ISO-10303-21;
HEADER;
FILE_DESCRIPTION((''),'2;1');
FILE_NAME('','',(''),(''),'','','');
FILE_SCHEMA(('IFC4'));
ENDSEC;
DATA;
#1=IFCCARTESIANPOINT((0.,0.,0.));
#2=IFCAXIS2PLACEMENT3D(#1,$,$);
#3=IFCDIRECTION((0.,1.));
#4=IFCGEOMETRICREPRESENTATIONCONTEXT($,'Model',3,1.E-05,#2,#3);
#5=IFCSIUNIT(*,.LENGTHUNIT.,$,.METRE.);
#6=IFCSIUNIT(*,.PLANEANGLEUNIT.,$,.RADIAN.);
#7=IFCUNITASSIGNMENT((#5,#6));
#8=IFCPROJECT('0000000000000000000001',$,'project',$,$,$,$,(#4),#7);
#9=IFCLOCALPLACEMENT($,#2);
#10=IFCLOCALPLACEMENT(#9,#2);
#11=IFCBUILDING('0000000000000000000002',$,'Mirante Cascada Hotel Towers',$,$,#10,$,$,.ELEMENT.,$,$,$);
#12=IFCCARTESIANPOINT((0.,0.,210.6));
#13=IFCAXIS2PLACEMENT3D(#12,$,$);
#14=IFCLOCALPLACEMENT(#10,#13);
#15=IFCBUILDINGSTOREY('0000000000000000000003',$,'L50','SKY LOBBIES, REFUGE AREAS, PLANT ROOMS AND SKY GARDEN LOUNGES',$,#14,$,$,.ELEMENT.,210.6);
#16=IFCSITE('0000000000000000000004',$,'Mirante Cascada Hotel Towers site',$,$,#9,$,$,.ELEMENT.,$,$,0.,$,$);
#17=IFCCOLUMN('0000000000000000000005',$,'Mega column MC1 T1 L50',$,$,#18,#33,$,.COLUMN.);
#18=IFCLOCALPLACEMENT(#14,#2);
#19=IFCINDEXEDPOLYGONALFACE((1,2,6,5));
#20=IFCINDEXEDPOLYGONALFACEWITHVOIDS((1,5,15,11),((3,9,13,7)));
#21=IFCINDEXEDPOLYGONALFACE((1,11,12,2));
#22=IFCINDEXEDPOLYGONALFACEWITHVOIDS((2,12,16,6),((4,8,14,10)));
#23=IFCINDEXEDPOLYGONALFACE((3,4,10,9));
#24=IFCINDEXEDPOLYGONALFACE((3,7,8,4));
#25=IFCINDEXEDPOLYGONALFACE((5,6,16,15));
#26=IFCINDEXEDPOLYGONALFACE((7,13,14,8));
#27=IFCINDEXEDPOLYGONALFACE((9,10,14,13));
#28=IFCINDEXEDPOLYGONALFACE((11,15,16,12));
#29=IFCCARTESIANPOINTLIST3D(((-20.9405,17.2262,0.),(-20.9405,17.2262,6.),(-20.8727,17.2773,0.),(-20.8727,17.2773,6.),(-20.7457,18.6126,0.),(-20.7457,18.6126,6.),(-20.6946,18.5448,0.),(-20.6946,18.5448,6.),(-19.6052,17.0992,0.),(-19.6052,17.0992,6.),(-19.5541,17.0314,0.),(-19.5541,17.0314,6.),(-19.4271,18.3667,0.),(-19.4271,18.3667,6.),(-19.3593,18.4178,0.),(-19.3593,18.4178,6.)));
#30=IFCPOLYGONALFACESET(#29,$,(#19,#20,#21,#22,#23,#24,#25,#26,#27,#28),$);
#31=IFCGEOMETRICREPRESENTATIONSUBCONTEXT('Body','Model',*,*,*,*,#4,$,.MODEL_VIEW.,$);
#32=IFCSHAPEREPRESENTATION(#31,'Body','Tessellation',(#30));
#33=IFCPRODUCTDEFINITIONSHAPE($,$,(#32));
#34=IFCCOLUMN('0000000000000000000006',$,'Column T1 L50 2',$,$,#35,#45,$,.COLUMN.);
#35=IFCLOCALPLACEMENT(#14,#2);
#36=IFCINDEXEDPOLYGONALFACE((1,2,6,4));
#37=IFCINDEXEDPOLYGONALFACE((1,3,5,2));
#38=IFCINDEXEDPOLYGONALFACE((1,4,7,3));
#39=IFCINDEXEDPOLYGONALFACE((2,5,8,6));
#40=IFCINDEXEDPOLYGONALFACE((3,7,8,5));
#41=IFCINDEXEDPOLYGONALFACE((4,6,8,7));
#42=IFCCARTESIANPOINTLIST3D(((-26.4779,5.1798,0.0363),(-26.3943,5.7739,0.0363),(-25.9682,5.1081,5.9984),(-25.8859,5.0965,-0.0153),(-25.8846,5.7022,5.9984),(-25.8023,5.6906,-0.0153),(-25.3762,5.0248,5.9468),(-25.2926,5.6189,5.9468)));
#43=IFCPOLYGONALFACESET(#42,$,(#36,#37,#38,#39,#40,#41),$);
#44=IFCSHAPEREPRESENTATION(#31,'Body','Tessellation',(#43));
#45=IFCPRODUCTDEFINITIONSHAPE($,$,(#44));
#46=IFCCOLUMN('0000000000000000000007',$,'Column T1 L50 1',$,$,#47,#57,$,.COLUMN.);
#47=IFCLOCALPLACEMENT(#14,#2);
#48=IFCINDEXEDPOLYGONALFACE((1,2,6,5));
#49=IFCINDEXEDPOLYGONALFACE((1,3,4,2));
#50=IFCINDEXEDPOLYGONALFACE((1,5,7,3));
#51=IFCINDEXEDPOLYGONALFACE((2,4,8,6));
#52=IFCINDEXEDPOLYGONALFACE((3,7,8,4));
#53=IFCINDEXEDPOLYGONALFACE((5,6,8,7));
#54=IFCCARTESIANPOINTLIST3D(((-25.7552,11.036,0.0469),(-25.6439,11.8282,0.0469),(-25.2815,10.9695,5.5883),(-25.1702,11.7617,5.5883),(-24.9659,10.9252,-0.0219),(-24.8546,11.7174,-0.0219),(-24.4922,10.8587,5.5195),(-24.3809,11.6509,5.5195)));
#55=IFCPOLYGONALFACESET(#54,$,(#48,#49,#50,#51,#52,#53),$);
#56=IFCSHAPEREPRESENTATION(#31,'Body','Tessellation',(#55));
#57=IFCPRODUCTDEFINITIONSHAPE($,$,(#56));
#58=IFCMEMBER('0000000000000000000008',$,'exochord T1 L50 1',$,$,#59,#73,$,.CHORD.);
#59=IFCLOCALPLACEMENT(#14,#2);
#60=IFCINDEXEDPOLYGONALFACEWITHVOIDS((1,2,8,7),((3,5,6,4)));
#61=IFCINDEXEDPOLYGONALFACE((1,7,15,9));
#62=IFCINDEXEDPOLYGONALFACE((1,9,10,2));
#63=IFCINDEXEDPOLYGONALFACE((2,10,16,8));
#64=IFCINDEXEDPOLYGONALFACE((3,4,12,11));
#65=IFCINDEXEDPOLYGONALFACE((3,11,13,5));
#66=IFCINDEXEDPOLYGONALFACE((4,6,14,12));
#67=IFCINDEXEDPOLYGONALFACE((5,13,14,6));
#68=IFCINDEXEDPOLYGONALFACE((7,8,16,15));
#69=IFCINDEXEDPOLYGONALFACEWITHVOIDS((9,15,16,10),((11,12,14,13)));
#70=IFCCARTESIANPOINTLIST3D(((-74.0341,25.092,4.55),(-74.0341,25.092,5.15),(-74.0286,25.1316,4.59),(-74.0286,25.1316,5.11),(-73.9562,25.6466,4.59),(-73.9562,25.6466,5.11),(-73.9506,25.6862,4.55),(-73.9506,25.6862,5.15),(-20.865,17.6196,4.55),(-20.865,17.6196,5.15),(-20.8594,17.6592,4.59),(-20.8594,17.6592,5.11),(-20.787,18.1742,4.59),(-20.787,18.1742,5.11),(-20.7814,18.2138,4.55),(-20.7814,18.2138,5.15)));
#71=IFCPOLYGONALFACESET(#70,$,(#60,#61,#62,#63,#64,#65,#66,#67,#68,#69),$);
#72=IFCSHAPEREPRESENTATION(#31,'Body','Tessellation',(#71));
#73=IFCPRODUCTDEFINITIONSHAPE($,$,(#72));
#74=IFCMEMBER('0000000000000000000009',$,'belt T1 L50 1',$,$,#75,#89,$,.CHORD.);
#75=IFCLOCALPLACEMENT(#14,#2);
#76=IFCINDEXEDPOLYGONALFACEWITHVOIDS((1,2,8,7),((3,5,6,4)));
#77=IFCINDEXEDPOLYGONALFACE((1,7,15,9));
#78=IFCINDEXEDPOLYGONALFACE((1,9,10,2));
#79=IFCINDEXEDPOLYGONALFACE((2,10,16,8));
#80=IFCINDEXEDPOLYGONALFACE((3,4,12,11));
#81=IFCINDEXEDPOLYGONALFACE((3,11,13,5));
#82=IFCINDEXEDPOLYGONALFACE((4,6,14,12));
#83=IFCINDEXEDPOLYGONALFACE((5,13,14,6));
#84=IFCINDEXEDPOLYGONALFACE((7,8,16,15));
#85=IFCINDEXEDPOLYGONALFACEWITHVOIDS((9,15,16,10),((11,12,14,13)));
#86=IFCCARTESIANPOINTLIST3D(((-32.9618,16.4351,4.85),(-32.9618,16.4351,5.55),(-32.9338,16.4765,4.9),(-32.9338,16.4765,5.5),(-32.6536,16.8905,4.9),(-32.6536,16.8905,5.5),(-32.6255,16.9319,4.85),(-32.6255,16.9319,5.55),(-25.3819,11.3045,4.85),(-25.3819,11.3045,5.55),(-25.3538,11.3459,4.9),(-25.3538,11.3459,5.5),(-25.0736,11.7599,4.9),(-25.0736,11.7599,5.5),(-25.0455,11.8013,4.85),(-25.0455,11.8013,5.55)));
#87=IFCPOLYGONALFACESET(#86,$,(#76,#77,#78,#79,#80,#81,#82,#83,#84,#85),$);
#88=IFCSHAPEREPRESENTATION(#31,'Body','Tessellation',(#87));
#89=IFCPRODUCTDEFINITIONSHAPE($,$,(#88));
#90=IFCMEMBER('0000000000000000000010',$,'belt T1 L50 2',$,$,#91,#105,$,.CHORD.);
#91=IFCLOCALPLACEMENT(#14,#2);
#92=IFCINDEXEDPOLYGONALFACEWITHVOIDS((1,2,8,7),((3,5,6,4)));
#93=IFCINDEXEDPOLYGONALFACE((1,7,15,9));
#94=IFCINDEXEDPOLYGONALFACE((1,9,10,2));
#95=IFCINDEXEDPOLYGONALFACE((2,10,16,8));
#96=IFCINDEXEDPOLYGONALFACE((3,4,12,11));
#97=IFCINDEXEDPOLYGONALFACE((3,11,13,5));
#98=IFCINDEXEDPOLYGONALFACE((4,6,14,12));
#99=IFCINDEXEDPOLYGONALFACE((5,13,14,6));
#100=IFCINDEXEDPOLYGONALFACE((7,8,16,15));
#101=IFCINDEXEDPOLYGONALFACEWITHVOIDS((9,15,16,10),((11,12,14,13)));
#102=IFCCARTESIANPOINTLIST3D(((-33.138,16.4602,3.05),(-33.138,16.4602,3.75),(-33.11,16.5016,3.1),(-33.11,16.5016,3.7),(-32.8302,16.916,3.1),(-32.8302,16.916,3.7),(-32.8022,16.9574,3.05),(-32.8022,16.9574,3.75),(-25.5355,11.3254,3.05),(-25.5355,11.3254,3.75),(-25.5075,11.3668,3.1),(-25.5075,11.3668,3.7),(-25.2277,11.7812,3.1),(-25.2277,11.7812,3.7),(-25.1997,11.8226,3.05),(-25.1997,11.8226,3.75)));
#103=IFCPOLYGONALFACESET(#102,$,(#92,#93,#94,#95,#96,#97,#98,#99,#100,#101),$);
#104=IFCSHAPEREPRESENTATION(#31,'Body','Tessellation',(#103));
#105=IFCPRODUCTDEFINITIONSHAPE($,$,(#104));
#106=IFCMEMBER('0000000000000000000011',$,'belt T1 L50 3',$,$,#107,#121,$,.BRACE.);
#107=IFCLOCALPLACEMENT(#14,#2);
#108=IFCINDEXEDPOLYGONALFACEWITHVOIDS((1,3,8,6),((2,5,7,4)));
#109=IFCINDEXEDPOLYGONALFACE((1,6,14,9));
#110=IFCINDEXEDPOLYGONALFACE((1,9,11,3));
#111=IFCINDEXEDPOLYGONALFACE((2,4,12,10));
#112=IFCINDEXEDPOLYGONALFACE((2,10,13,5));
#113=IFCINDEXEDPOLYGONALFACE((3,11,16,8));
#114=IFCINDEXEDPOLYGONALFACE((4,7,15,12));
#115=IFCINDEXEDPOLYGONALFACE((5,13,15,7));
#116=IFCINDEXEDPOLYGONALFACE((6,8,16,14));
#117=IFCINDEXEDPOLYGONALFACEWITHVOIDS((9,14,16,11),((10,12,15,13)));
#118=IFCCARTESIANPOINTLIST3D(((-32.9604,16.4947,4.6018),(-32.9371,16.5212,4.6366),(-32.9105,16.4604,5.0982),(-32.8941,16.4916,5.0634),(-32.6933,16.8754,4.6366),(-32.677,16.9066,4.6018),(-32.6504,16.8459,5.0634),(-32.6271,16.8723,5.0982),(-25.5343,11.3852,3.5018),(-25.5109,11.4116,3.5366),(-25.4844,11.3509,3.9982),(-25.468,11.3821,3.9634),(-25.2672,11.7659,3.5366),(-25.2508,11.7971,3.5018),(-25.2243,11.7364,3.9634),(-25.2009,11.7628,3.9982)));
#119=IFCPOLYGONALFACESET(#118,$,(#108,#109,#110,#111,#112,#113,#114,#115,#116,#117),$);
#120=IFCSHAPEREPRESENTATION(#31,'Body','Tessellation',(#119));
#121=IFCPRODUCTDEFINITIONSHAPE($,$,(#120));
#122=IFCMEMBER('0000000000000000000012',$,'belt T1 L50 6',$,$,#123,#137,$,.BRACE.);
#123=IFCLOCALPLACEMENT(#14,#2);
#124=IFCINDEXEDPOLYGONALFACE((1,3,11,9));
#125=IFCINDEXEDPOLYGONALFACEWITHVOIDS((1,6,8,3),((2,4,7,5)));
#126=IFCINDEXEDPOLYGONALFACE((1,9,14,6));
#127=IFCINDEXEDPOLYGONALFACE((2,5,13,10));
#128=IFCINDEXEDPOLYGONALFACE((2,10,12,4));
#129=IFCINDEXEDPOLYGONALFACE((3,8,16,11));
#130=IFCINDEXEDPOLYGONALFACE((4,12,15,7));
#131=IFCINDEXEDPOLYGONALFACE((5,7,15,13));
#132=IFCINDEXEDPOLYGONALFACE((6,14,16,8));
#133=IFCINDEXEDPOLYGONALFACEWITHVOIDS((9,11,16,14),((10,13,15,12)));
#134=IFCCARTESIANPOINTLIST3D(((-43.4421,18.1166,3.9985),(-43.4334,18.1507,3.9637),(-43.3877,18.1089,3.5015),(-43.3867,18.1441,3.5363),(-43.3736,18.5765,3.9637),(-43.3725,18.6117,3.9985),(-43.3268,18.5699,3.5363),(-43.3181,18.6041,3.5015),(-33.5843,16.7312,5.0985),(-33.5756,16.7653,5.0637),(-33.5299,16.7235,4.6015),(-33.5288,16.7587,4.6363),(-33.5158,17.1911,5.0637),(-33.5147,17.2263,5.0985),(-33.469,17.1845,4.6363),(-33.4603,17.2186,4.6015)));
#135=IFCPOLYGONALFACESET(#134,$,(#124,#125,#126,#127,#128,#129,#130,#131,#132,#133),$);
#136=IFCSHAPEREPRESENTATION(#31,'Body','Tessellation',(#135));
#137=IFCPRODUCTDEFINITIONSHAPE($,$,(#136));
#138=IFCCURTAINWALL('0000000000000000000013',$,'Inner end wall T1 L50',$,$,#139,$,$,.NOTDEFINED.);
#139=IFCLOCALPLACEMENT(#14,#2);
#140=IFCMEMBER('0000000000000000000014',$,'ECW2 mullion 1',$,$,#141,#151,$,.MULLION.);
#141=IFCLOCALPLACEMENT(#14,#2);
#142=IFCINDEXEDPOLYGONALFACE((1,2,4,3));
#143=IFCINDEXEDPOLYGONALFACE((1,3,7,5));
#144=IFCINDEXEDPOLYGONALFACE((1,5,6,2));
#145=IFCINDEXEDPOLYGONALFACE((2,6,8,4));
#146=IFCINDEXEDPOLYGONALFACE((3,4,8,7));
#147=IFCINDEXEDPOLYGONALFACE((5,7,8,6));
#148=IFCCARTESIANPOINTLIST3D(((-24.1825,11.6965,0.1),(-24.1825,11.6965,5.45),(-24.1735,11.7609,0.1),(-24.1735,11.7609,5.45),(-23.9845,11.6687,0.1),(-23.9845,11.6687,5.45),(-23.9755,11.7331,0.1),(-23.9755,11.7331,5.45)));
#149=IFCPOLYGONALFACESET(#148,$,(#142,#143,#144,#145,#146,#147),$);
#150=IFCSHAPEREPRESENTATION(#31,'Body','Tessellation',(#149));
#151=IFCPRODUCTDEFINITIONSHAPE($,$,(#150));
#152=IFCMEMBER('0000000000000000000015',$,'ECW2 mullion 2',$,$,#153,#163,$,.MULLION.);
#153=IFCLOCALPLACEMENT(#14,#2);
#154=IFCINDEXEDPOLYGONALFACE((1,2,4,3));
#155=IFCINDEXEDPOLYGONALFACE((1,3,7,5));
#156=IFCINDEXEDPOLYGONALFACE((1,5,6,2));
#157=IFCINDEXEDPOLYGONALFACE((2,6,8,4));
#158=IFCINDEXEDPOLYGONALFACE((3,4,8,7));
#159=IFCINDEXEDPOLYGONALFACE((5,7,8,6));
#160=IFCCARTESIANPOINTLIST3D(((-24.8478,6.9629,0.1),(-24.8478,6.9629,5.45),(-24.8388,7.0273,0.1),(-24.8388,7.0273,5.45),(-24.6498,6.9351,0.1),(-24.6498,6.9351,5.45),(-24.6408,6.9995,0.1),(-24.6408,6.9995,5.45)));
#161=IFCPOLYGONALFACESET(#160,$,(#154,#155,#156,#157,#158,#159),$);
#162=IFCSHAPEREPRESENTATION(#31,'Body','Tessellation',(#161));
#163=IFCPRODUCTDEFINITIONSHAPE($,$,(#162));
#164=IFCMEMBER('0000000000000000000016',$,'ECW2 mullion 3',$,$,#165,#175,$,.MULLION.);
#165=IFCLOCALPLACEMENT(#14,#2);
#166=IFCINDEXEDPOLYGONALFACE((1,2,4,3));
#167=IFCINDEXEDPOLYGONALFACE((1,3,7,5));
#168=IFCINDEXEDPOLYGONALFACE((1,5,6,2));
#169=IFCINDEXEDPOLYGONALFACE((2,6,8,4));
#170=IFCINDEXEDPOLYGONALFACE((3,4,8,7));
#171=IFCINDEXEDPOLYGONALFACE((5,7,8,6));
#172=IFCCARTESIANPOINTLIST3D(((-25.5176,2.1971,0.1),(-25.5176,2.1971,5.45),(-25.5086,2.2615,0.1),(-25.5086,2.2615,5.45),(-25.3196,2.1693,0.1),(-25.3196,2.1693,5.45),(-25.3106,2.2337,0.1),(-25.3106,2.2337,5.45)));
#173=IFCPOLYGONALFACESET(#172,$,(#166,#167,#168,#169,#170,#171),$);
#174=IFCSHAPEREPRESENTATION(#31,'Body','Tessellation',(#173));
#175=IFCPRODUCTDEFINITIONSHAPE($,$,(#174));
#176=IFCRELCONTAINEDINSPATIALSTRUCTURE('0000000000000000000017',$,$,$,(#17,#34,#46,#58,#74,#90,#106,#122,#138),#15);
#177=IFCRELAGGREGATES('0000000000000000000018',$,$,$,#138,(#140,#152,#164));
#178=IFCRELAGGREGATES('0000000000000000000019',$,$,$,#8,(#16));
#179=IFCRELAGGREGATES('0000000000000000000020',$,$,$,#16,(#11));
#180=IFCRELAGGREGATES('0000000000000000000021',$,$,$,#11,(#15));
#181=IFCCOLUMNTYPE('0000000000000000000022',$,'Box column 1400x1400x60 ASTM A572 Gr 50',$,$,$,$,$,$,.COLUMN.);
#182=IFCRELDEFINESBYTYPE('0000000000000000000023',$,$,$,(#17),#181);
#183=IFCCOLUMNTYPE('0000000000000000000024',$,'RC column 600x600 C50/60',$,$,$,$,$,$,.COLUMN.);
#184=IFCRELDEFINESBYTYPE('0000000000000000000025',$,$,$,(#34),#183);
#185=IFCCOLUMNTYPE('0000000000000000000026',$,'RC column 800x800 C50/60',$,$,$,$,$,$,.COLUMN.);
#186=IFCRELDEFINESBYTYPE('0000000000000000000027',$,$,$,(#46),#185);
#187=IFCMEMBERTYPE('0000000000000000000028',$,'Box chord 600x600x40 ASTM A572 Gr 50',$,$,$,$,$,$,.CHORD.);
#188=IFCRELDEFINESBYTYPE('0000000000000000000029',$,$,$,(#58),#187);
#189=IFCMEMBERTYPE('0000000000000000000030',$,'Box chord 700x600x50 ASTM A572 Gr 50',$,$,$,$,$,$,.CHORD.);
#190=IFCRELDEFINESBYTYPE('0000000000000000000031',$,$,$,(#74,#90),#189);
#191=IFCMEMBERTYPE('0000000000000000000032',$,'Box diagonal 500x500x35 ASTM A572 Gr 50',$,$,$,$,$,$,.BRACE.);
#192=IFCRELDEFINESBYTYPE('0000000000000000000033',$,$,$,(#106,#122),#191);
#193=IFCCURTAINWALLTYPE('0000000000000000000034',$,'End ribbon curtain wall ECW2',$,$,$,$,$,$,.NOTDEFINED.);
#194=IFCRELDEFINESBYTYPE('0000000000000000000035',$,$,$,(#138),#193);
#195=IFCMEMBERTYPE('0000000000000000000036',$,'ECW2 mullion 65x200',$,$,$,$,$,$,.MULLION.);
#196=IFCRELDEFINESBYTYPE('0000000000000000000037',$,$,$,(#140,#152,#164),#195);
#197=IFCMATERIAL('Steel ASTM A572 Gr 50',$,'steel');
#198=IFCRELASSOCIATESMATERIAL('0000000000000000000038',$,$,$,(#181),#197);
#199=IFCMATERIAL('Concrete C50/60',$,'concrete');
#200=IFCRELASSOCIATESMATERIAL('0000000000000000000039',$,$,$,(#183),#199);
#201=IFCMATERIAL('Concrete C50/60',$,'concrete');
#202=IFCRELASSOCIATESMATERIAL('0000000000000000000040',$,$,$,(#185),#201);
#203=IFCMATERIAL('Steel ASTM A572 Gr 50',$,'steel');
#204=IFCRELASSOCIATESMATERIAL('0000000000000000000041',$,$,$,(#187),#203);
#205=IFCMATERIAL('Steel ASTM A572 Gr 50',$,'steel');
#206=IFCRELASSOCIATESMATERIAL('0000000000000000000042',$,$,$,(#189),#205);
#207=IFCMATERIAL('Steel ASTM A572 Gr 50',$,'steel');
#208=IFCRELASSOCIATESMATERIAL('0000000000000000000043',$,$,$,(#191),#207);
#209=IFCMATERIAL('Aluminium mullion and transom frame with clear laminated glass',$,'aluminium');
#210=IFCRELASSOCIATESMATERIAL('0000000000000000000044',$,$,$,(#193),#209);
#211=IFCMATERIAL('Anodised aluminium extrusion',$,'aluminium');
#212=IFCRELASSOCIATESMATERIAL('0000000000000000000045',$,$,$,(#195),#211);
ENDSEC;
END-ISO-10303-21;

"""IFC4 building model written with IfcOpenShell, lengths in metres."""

from ifc_helpers import new_model, si_unit, direction, frame, origin, origin_2d, place, context, subcontext, project, spatial, rectangle, hollow_rectangle, extrude, material, material_profile, profile_set, type_object, element, aggregate, save


model = new_model("IFC4")

# Units and contexts
model_context = context("Model", 3, precision=1e-05, world=origin(), true_north=direction((0.0, 1.0)))
body_context = subcontext(model_context, "Body", "Model", "MODEL_VIEW")
ifc_project = project(units=[si_unit("LENGTHUNIT", "METRE"), si_unit("PLANEANGLEUNIT", "RADIAN")], contexts=[model_context])

# Site, building, storey
site_placement = place(None, origin())
site = spatial("IfcSite", under=ifc_project, at=site_placement, Name="Mirante Cascada Hotel Towers site", CompositionType="ELEMENT", RefElevation=0.0)
building_placement = place(site_placement, origin())
building = spatial("IfcBuilding", under=site, at=building_placement, Name="Mirante Cascada Hotel Towers", CompositionType="ELEMENT")
storey_placement = place(building_placement, frame((0.0, 0.0, 210.6)))
storey = spatial("IfcBuildingStorey", under=building, at=storey_placement, Name="L50", Description="SKY LOBBIES, REFUGE AREAS, PLANT ROOMS AND SKY GARDEN LOUNGES", CompositionType="ELEMENT", Elevation=210.6)

# Columns
ifc_material_1 = material(Name="Steel ASTM A572 Gr 50", Category="steel")
ifc_material_profile_1 = material_profile(ifc_material_1, hollow_rectangle(XDim=1.4, YDim=1.4, WallThickness=0.06, at=origin_2d()), Name="Box column 1400x1400x60 ASTM A572 Gr 50")
ifc_profile_set_1 = profile_set([ifc_material_profile_1], Name="Steel ASTM A572 Gr 50")
column_type_1 = type_object("IfcColumnType", Name="Box column 1400x1400x60 ASTM A572 Gr 50", PredefinedType="COLUMN", material=ifc_profile_set_1)
column_1_placement = place(storey_placement, frame((-20.1499, 17.822, 0.0), z_axis=(0.0, 0.0, 1.0), x_axis=(-0.990268, 0.139173, 0.0)))
element("IfcColumn", 1, at=column_1_placement, inside=storey, type_object=column_type_1, Name="Mega column MC1 T1 L50", PredefinedType="COLUMN", context=body_context, shape_type="SweptSolid", body=[
    extrude(hollow_rectangle(XDim=1.4, YDim=1.4, WallThickness=0.06, at=origin_2d()), origin(), (0.0, 0.0, 1.0), 6.0),
])
ifc_material_2 = material(Name="Concrete C50/60", Category="concrete")
ifc_material_profile_2 = material_profile(ifc_material_2, rectangle(XDim=0.6, YDim=0.6, at=origin_2d()), Name="RC column 600x600 C50/60")
ifc_profile_set_2 = profile_set([ifc_material_profile_2], Name="Concrete C50/60")
column_type_2 = type_object("IfcColumnType", Name="RC column 600x600 C50/60", PredefinedType="COLUMN", material=ifc_profile_set_2)
column_2_placement = place(storey_placement, frame((-26.1401, 5.4352, 0.0105), z_axis=(0.085173, -0.011981, 0.996294), x_axis=(0.139299, 0.99025, 0.0)))
element("IfcColumn", 2, at=column_2_placement, inside=storey, type_object=column_type_2, Name="Column T1 L50 2", PredefinedType="COLUMN", context=body_context, shape_type="SweptSolid", body=[
    extrude(rectangle(XDim=0.6, YDim=0.6, at=origin_2d()), origin(), (0.0, 0.0, 1.0), 5.9843),
])
ifc_material_3 = material(Name="Concrete C50/60", Category="concrete")
ifc_material_profile_3 = material_profile(ifc_material_3, rectangle(XDim=0.8, YDim=0.8, at=origin_2d()), Name="RC column 800x800 C50/60")
ifc_profile_set_3 = profile_set([ifc_material_profile_3], Name="Concrete C50/60")
column_type_3 = type_object("IfcColumnType", Name="RC column 800x800 C50/60", PredefinedType="COLUMN", material=ifc_profile_set_3)
column_3_placement = place(storey_placement, frame((-25.3049, 11.3767, 0.0125), z_axis=(0.085167, -0.011956, 0.996295), x_axis=(0.139021, 0.990289, 0.0)))
element("IfcColumn", 3, at=column_3_placement, inside=storey, type_object=column_type_3, Name="Column T1 L50 1", PredefinedType="COLUMN", context=body_context, shape_type="SweptSolid", body=[
    extrude(rectangle(XDim=0.8, YDim=0.8, at=origin_2d()), origin(), (0.0, 0.0, 1.0), 5.562),
])

# Members
ifc_material_4 = material(Name="Steel ASTM A572 Gr 50", Category="steel")
ifc_material_profile_4 = material_profile(ifc_material_4, hollow_rectangle(XDim=0.6, YDim=0.6, WallThickness=0.04, at=origin_2d()), Name="Box chord 600x600x40 ASTM A572 Gr 50")
ifc_profile_set_4 = profile_set([ifc_material_profile_4], Name="Steel ASTM A572 Gr 50")
member_type_1 = type_object("IfcMemberType", Name="Box chord 600x600x40 ASTM A572 Gr 50", PredefinedType="CHORD", material=ifc_profile_set_4)
member_1_placement = place(storey_placement, frame((-20.8232, 17.9167, 4.85), z_axis=(-0.990268, 0.139172, 0.0), x_axis=(-0.139172, -0.990268, 0.0)))
element("IfcMember", 4, at=member_1_placement, inside=storey, type_object=member_type_1, Name="exochord T1 L50 1", PredefinedType="CHORD", context=body_context, shape_type="SweptSolid", body=[
    extrude(hollow_rectangle(XDim=0.6, YDim=0.6, WallThickness=0.04, at=origin_2d()), origin(), (0.0, 0.0, 1.0), 53.6917),
])
ifc_material_5 = material(Name="Steel ASTM A572 Gr 50", Category="steel")
ifc_material_profile_5 = material_profile(ifc_material_5, hollow_rectangle(XDim=0.6, YDim=0.7, WallThickness=0.05, at=origin_2d()), Name="Box chord 700x600x50 ASTM A572 Gr 50")
ifc_profile_set_5 = profile_set([ifc_material_profile_5], Name="Steel ASTM A572 Gr 50")
member_type_2 = type_object("IfcMemberType", Name="Box chord 700x600x50 ASTM A572 Gr 50", PredefinedType="CHORD", material=ifc_profile_set_5)
member_2_placement = place(storey_placement, frame((-25.2137, 11.5529, 5.2), z_axis=(-0.828134, 0.560531, 0.0), x_axis=(-0.560531, -0.828134, 0.0)))
element("IfcMember", 5, at=member_2_placement, inside=storey, type_object=member_type_2, Name="belt T1 L50 1", PredefinedType="CHORD", context=body_context, shape_type="SweptSolid", body=[
    extrude(hollow_rectangle(XDim=0.6, YDim=0.7, WallThickness=0.05, at=origin_2d()), origin(), (0.0, 0.0, 1.0), 9.1531),
])
member_3_placement = place(storey_placement, frame((-25.3676, 11.574, 3.4), z_axis=(-0.828691, 0.559706, 0.0), x_axis=(-0.559706, -0.828691, 0.0)))
element("IfcMember", 6, at=member_3_placement, inside=storey, type_object=member_type_2, Name="belt T1 L50 2", PredefinedType="CHORD", context=body_context, shape_type="SweptSolid", body=[
    extrude(hollow_rectangle(XDim=0.6, YDim=0.7, WallThickness=0.05, at=origin_2d()), origin(), (0.0, 0.0, 1.0), 9.1741),
])
ifc_material_6 = material(Name="Steel ASTM A572 Gr 50", Category="steel")
ifc_material_profile_6 = material_profile(ifc_material_6, hollow_rectangle(XDim=0.5, YDim=0.5, WallThickness=0.035, at=origin_2d()), Name="Box diagonal 500x500x35 ASTM A572 Gr 50")
ifc_profile_set_6 = profile_set([ifc_material_profile_6], Name="Steel ASTM A572 Gr 50")
member_type_3 = type_object("IfcMemberType", Name="Box diagonal 500x500x35 ASTM A572 Gr 50", PredefinedType="BRACE", material=ifc_profile_set_6)
member_4_placement = place(storey_placement, frame((-25.3676, 11.574, 3.75), z_axis=(-0.817765, 0.56266, 0.121133), x_axis=(-0.566834, -0.823832, 0.0)))
element("IfcMember", 7, at=member_4_placement, inside=storey, type_object=member_type_3, Name="belt T1 L50 3", PredefinedType="BRACE", context=body_context, shape_type="SweptSolid", body=[
    extrude(hollow_rectangle(XDim=0.5, YDim=0.5, WallThickness=0.035, at=origin_2d()), origin(), (0.0, 0.0, 1.0), 9.081),
])
member_5_placement = place(storey_placement, frame((-33.5223, 16.9749, 4.85), z_axis=(-0.984277, 0.138329, -0.109832), x_axis=(-0.139171, -0.990268, 0.0)))
element("IfcMember", 8, at=member_5_placement, inside=storey, type_object=member_type_3, Name="belt T1 L50 6", PredefinedType="BRACE", context=body_context, shape_type="SweptSolid", body=[
    extrude(hollow_rectangle(XDim=0.5, YDim=0.5, WallThickness=0.035, at=origin_2d()), origin(), (0.0, 0.0, 1.0), 10.0153),
])

# Curtain wall, members
ifc_material_7 = material(Name="Aluminium mullion and transom frame with clear laminated glass", Category="aluminium")
curtain_wall_type = type_object("IfcCurtainWallType", Name="End ribbon curtain wall ECW2", PredefinedType="NOTDEFINED", material=ifc_material_7)
curtain_wall_placement = place(storey_placement, origin())
curtain_wall = element("IfcCurtainWall", 9, at=curtain_wall_placement, inside=storey, type_object=curtain_wall_type, Name="Inner end wall T1 L50", PredefinedType="NOTDEFINED")
ifc_material_8 = material(Name="Anodised aluminium extrusion", Category="aluminium")
ifc_material_profile_7 = material_profile(ifc_material_8, rectangle(XDim=0.2, YDim=0.065, at=origin_2d()), Name="ECW2 MULLION 65x200")
ifc_profile_set_7 = profile_set([ifc_material_profile_7], Name="Anodised aluminium extrusion")
member_type_4 = type_object("IfcMemberType", Name="ECW2 mullion 65x200", PredefinedType="MULLION", material=ifc_profile_set_7)
member_6_placement = place(storey_placement, frame((-24.079, 11.7148, 0.1), z_axis=(0.0, 0.0, 1.0), x_axis=(0.990268, -0.139173, 0.0)))
member_6 = element("IfcMember", 10, at=member_6_placement, type_object=member_type_4, Name="ECW2 mullion 1", PredefinedType="MULLION", context=body_context, shape_type="SweptSolid", body=[
    extrude(rectangle(XDim=0.2, YDim=0.065, at=origin_2d()), origin(), (0.0, 0.0, 1.0), 5.35),
])
member_7_placement = place(storey_placement, frame((-24.7443, 6.9812, 0.1), z_axis=(0.0, 0.0, 1.0), x_axis=(0.990268, -0.139173, 0.0)))
member_7 = element("IfcMember", 11, at=member_7_placement, type_object=member_type_4, Name="ECW2 mullion 2", PredefinedType="MULLION", context=body_context, shape_type="SweptSolid", body=[
    extrude(rectangle(XDim=0.2, YDim=0.065, at=origin_2d()), origin(), (0.0, 0.0, 1.0), 5.35),
])
member_8_placement = place(storey_placement, frame((-25.4141, 2.2154, 0.1), z_axis=(0.0, 0.0, 1.0), x_axis=(0.990268, -0.139173, 0.0)))
member_8 = element("IfcMember", 12, at=member_8_placement, type_object=member_type_4, Name="ECW2 mullion 3", PredefinedType="MULLION", context=body_context, shape_type="SweptSolid", body=[
    extrude(rectangle(XDim=0.2, YDim=0.065, at=origin_2d()), origin(), (0.0, 0.0, 1.0), 5.35),
])
aggregate(curtain_wall, [member_6, member_7, member_8])

save(model, "model.ifc")
